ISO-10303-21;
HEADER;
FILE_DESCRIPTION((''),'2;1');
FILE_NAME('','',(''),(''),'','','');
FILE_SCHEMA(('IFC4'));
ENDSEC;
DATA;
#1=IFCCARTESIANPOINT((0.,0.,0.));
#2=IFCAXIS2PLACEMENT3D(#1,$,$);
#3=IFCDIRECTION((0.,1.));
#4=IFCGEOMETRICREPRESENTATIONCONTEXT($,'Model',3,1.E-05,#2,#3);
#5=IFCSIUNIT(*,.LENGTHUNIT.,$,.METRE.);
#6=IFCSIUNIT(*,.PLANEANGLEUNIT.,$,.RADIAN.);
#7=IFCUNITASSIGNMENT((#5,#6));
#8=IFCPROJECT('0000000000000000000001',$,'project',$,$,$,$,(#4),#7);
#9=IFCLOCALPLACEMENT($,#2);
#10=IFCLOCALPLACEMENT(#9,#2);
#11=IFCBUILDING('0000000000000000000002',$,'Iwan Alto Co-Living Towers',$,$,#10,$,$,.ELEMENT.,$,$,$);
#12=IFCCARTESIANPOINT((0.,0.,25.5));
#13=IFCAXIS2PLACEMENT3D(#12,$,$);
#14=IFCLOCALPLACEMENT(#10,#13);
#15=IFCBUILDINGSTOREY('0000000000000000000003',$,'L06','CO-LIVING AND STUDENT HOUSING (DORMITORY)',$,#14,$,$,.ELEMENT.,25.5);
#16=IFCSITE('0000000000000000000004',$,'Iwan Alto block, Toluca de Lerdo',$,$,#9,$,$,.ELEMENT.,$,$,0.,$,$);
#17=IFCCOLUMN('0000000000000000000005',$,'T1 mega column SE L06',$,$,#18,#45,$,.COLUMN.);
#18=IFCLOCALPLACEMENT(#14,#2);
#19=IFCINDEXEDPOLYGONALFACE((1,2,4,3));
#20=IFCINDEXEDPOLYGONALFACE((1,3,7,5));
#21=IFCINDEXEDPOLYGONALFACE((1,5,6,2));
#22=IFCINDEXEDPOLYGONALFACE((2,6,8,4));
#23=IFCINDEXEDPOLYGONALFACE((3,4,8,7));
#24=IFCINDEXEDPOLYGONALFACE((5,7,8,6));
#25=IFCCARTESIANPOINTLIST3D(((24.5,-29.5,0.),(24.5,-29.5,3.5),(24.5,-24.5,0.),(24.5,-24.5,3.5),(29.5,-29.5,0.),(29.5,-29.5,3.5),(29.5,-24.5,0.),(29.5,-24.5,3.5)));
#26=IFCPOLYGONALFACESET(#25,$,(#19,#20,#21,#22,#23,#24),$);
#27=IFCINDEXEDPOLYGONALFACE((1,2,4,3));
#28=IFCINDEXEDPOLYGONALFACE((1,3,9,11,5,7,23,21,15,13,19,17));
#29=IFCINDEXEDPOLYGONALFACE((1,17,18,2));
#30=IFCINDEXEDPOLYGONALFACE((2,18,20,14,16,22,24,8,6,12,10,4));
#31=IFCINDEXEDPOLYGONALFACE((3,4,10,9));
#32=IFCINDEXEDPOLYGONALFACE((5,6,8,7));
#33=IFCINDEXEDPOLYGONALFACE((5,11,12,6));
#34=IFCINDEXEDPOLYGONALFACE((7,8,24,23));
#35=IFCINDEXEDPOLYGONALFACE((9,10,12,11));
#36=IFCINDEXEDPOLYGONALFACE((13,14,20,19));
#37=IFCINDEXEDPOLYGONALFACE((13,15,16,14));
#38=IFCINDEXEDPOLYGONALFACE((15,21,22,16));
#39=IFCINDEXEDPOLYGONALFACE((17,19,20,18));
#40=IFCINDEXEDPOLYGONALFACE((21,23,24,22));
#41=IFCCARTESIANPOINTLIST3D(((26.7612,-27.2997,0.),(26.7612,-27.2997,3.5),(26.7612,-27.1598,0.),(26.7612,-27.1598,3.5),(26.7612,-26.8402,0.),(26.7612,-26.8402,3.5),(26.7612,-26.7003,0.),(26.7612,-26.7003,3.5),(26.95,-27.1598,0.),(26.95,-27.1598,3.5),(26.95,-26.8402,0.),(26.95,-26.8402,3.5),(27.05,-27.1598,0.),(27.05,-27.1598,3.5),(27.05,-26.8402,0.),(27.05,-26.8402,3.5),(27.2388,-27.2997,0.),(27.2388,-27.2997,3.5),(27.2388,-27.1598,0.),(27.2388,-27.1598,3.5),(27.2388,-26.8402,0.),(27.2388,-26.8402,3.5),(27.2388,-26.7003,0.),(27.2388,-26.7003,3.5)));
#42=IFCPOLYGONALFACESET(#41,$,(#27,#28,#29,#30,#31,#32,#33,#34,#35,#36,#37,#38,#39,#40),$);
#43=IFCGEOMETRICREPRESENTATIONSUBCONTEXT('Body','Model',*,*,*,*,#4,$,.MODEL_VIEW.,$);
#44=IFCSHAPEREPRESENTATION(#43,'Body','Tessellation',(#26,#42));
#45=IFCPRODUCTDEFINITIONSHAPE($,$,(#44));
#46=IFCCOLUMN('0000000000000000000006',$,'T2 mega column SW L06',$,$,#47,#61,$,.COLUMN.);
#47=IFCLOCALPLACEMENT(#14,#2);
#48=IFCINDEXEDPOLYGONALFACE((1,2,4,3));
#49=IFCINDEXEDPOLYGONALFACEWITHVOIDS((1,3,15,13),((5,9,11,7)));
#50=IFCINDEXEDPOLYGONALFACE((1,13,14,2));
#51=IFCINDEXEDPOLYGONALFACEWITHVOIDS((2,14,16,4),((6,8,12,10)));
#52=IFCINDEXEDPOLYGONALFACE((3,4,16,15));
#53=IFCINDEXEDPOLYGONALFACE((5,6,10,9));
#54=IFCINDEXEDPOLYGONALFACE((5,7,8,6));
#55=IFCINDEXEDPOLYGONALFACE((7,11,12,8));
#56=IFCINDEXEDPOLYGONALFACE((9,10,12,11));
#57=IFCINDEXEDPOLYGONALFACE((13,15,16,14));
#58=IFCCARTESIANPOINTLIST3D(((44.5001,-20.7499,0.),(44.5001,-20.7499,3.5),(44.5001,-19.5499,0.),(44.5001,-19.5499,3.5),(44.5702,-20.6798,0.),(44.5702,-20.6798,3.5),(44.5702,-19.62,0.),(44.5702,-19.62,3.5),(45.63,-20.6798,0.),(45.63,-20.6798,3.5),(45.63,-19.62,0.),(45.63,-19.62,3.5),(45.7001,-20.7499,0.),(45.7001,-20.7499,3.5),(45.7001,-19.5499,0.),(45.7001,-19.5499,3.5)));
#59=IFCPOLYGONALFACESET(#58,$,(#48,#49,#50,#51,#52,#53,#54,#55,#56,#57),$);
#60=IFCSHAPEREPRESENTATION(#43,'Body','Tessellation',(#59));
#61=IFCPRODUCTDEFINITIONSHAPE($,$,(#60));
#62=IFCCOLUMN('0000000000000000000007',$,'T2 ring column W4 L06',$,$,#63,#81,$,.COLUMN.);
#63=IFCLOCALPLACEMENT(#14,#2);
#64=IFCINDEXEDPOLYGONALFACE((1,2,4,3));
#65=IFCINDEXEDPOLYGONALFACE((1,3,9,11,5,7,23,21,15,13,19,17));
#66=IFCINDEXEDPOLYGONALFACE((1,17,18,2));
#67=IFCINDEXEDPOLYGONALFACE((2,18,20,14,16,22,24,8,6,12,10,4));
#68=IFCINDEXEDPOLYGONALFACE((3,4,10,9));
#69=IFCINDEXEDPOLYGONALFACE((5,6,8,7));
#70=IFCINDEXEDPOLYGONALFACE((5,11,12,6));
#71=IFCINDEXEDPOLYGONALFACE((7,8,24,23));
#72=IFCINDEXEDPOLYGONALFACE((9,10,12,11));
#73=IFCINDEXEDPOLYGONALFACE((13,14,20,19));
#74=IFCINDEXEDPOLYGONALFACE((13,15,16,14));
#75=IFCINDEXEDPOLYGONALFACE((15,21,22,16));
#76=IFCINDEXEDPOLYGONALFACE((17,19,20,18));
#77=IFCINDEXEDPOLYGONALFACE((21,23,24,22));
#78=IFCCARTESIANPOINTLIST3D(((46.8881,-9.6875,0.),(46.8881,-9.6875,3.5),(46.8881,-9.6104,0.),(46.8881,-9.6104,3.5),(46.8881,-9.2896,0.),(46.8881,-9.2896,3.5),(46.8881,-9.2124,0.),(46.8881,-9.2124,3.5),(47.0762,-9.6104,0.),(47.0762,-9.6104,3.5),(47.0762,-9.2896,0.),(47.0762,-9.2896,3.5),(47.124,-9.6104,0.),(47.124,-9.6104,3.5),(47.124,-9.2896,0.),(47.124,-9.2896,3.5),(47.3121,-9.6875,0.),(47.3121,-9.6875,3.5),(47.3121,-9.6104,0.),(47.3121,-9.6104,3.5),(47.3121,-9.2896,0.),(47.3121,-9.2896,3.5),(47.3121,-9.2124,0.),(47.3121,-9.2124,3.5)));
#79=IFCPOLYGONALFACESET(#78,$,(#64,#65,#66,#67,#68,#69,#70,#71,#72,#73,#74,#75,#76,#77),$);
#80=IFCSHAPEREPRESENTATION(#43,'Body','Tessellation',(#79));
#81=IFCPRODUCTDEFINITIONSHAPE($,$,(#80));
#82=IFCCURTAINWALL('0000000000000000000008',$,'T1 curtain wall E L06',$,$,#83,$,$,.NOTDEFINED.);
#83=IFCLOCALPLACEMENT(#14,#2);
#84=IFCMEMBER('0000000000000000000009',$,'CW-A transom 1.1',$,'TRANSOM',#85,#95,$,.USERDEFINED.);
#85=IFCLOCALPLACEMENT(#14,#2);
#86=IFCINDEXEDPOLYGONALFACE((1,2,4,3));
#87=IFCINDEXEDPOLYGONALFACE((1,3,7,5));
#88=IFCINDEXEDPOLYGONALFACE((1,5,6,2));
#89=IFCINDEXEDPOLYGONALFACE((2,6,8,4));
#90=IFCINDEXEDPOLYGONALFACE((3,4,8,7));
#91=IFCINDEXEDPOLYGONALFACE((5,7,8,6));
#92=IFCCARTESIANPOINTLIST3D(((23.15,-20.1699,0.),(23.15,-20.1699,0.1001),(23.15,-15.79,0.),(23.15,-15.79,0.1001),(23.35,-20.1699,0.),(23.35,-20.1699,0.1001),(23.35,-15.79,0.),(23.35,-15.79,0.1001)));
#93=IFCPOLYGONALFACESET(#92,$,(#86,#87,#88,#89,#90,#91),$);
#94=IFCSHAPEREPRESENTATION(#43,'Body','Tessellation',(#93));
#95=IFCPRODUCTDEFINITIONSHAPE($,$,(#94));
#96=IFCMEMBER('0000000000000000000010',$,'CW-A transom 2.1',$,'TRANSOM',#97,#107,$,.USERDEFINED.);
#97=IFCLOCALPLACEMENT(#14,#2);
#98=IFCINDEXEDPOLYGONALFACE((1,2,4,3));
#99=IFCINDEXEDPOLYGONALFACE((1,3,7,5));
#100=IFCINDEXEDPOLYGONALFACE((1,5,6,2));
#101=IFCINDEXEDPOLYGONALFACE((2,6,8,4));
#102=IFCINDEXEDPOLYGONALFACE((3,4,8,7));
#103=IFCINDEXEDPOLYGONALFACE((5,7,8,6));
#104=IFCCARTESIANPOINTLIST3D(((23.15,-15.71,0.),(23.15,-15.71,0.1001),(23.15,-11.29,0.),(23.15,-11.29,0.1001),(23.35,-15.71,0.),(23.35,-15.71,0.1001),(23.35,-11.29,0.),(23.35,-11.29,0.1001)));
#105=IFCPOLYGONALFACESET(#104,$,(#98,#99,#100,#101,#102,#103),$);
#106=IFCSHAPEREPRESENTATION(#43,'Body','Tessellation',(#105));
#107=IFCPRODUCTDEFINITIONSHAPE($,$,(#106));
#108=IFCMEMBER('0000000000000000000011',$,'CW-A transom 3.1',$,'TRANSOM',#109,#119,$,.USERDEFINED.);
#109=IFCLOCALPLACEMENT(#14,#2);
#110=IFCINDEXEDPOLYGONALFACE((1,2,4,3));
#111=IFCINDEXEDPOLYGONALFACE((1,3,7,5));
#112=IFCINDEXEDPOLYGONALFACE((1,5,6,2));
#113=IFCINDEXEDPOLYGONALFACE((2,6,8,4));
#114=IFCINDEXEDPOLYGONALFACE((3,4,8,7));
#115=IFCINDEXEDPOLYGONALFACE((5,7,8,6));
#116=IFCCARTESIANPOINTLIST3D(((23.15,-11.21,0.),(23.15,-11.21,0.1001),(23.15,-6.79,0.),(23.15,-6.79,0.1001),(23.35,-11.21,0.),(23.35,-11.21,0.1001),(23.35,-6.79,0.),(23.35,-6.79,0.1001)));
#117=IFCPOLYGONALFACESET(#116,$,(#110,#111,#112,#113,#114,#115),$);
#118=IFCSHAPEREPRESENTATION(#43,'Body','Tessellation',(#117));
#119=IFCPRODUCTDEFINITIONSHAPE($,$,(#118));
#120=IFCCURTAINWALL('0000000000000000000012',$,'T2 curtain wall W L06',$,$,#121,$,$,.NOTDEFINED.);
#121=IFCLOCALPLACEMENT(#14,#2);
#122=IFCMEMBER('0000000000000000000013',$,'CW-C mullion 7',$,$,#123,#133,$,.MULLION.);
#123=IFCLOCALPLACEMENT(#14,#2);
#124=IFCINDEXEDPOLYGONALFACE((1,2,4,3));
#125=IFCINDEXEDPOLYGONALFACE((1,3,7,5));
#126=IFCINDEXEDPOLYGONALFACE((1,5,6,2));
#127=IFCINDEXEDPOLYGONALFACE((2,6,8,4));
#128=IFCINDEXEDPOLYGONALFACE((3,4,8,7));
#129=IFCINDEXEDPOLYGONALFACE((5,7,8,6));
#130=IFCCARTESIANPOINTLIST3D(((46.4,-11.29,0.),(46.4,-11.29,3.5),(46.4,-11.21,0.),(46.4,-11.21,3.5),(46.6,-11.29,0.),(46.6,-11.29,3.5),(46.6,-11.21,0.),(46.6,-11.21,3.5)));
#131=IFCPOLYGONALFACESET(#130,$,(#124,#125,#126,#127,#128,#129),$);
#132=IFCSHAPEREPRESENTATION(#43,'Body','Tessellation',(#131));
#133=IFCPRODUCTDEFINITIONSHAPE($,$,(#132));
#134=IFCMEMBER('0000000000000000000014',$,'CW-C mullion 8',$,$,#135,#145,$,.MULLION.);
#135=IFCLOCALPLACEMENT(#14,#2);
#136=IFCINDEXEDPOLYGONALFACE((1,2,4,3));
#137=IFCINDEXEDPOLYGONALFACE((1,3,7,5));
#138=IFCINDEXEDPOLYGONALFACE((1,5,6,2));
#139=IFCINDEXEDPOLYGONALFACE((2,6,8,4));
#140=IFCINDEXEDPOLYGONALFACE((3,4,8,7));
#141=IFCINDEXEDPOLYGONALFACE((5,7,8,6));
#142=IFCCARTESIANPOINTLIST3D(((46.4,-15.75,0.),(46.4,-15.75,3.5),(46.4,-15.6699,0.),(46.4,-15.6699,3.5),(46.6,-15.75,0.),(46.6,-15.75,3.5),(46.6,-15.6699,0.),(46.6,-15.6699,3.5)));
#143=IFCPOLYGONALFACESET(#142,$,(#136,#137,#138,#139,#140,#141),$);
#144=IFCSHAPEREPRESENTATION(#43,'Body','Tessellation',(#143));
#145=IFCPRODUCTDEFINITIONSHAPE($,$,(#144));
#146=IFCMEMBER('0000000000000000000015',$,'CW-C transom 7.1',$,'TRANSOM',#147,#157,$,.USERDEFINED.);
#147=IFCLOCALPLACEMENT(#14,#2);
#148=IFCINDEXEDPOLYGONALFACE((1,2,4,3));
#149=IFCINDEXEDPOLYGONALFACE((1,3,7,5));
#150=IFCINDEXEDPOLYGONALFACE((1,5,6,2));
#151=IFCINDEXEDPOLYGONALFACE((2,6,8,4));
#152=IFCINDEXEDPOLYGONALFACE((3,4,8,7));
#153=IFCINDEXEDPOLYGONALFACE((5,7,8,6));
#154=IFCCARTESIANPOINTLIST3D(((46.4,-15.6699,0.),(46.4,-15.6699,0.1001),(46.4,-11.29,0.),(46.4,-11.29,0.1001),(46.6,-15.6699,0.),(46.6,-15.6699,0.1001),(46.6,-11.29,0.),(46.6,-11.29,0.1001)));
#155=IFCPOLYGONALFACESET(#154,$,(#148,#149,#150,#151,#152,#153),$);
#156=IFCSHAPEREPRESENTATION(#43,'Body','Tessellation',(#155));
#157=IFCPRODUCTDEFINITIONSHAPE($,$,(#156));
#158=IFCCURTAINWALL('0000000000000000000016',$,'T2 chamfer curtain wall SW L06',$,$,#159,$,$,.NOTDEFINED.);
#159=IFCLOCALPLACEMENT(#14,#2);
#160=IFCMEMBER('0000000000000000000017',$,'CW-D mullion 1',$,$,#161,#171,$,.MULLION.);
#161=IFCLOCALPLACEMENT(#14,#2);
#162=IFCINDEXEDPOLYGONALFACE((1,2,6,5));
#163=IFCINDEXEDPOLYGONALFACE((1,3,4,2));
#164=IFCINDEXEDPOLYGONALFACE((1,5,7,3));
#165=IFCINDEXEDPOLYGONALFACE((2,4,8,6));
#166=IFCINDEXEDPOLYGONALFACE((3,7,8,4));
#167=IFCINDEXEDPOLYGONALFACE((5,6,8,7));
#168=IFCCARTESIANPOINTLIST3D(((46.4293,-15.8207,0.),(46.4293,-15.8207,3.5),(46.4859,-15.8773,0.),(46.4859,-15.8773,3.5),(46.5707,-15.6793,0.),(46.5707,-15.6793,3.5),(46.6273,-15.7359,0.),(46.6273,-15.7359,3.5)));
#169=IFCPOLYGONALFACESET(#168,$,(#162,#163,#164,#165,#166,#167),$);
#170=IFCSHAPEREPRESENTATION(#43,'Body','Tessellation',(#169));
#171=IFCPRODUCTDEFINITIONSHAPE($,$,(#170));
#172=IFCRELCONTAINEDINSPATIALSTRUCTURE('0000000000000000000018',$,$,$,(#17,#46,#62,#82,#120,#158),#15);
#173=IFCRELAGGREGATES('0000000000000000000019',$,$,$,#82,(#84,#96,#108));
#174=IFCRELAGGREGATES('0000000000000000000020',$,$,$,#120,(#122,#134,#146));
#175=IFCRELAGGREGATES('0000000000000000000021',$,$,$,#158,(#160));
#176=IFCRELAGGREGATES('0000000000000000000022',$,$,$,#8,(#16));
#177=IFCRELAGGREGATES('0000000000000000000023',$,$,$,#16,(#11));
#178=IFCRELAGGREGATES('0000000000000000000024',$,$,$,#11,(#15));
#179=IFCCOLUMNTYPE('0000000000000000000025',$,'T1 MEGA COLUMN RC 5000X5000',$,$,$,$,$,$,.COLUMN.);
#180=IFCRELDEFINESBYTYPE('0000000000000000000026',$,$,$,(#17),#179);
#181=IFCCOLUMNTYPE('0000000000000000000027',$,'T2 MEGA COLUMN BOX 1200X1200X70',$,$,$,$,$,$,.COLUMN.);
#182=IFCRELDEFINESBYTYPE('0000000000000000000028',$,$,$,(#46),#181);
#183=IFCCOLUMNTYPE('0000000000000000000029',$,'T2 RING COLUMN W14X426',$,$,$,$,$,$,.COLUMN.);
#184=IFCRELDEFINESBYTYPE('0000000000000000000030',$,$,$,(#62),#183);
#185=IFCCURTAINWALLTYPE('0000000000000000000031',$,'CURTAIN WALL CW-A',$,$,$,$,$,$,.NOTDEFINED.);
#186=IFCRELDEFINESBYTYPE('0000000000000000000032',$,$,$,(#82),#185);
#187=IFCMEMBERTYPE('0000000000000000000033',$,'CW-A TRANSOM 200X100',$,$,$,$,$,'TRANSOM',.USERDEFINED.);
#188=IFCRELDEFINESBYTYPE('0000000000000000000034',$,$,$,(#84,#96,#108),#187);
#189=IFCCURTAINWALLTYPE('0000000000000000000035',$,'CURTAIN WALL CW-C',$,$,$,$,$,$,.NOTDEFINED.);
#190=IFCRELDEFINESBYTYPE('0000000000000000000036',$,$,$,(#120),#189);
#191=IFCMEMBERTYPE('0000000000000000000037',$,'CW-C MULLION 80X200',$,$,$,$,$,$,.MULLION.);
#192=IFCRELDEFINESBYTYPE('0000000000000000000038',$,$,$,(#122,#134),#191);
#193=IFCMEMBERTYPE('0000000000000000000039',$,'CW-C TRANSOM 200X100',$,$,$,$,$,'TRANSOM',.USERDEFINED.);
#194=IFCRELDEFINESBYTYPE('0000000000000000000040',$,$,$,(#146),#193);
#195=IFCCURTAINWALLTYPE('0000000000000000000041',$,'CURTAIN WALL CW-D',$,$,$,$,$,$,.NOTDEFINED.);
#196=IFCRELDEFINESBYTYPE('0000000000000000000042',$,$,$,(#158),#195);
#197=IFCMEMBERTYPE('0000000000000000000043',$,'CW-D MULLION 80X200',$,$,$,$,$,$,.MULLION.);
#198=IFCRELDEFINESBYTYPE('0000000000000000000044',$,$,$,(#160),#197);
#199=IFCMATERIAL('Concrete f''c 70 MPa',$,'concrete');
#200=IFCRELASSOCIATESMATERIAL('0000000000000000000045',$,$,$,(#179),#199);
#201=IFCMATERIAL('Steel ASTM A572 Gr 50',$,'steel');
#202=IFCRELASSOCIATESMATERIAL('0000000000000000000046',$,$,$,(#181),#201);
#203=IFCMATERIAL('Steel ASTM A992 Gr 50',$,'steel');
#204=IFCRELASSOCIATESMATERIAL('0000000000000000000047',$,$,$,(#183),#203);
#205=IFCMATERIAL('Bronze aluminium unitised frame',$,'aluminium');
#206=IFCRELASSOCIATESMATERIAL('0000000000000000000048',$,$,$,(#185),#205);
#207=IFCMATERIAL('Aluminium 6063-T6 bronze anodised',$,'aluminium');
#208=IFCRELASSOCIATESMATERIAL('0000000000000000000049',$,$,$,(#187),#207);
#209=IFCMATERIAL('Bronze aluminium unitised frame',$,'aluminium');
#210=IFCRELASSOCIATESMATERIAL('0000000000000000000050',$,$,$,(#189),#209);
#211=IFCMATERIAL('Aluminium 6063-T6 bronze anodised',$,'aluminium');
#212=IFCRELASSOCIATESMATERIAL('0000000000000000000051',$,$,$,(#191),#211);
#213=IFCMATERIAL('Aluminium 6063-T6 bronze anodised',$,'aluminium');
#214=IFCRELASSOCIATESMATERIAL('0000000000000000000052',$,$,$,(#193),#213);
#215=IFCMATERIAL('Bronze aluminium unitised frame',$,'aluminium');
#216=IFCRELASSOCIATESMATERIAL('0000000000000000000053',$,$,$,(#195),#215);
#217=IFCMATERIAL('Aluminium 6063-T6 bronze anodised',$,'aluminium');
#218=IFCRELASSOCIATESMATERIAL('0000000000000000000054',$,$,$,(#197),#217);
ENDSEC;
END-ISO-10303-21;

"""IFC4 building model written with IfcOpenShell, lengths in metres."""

from ifc_helpers import new_model, si_unit, direction, frame, origin, origin_2d, place, context, subcontext, project, spatial, rectangle, hollow_rectangle, i_section, extrude, material, material_profile, profile_set, type_object, element, aggregate, save


model = new_model("IFC4")

# Units and contexts
model_context = context("Model", 3, precision=1e-05, world=origin(), true_north=direction((0.0, 1.0)))
body_context = subcontext(model_context, "Body", "Model", "MODEL_VIEW")
ifc_project = project(units=[si_unit("LENGTHUNIT", "METRE"), si_unit("PLANEANGLEUNIT", "RADIAN")], contexts=[model_context])

# Site, building, storey
site_placement = place(None, origin())
site = spatial("IfcSite", under=ifc_project, at=site_placement, Name="Iwan Alto block, Toluca de Lerdo", CompositionType="ELEMENT", RefElevation=0.0)
building_placement = place(site_placement, origin())
building = spatial("IfcBuilding", under=site, at=building_placement, Name="Iwan Alto Co-Living Towers", CompositionType="ELEMENT")
storey_placement = place(building_placement, frame((0.0, 0.0, 25.5)))
storey = spatial("IfcBuildingStorey", under=building, at=storey_placement, Name="L06", Description="CO-LIVING AND STUDENT HOUSING (DORMITORY)", CompositionType="ELEMENT", Elevation=25.5)

# Columns
ifc_material_1 = material(Name="Concrete f'c 70 MPa", Category="concrete")
ifc_material_profile_1 = material_profile(ifc_material_1, rectangle(XDim=5.0, YDim=5.0, at=origin_2d()), Name="RC 5000X5000")
ifc_profile_set_1 = profile_set([ifc_material_profile_1], Name="Concrete f'c 70 MPa")
column_type_1 = type_object("IfcColumnType", Name="T1 MEGA COLUMN RC 5000X5000", PredefinedType="COLUMN", material=ifc_profile_set_1)
column_1_placement = place(storey_placement, frame((27.0, -27.0, 0.0), z_axis=(0.0, 0.0, 1.0), x_axis=(1.0, 0.0, 0.0)))
element("IfcColumn", 1, at=column_1_placement, inside=storey, type_object=column_type_1, Name="T1 mega column SE L06", PredefinedType="COLUMN", context=body_context, shape_type="SweptSolid", body=[
    extrude(rectangle(XDim=5.0, YDim=5.0, at=origin_2d()), origin(), (0.0, 0.0, 1.0), 3.5),
    extrude(i_section(OverallWidth=0.4775, OverallDepth=0.5994, WebThickness=0.1001, FlangeThickness=0.1399, at=origin_2d()), origin(), (0.0, 0.0, 1.0), 3.5),
])
ifc_material_2 = material(Name="Steel ASTM A572 Gr 50", Category="steel")
ifc_material_profile_2 = material_profile(ifc_material_2, hollow_rectangle(XDim=1.2, YDim=1.2, WallThickness=0.0701, at=origin_2d()), Name="BOX 1200X1200X70")
ifc_profile_set_2 = profile_set([ifc_material_profile_2], Name="Steel ASTM A572 Gr 50")
column_type_2 = type_object("IfcColumnType", Name="T2 MEGA COLUMN BOX 1200X1200X70", PredefinedType="COLUMN", material=ifc_profile_set_2)
column_2_placement = place(storey_placement, frame((45.1001, -20.1499, 0.0), z_axis=(0.0, 0.0, 1.0), x_axis=(1.0, 0.0, 0.0)))
element("IfcColumn", 2, at=column_2_placement, inside=storey, type_object=column_type_2, Name="T2 mega column SW L06", PredefinedType="COLUMN", context=body_context, shape_type="SweptSolid", body=[
    extrude(hollow_rectangle(XDim=1.2, YDim=1.2, WallThickness=0.0701, at=origin_2d()), origin(), (0.0, 0.0, 1.0), 3.5),
])
ifc_material_3 = material(Name="Steel ASTM A992 Gr 50", Category="steel")
ifc_material_profile_3 = material_profile(ifc_material_3, i_section(OverallWidth=0.4241, OverallDepth=0.4751, WebThickness=0.0479, FlangeThickness=0.0771, at=origin_2d()), Name="W14X426")
ifc_profile_set_3 = profile_set([ifc_material_profile_3], Name="Steel ASTM A992 Gr 50")
column_type_3 = type_object("IfcColumnType", Name="T2 RING COLUMN W14X426", PredefinedType="COLUMN", material=ifc_profile_set_3)
column_3_placement = place(storey_placement, frame((47.1001, -9.45, 0.0), z_axis=(0.0, 0.0, 1.0), x_axis=(1.0, 0.0, 0.0)))
element("IfcColumn", 3, at=column_3_placement, inside=storey, type_object=column_type_3, Name="T2 ring column W4 L06", PredefinedType="COLUMN", context=body_context, shape_type="SweptSolid", body=[
    extrude(i_section(OverallWidth=0.4241, OverallDepth=0.4751, WebThickness=0.0479, FlangeThickness=0.0771, at=origin_2d()), origin(), (0.0, 0.0, 1.0), 3.5),
])

# Curtain walls, members
ifc_material_4 = material(Name="Bronze aluminium unitised frame", Category="aluminium")
curtain_wall_type_1 = type_object("IfcCurtainWallType", Name="CURTAIN WALL CW-A", PredefinedType="NOTDEFINED", material=ifc_material_4)
curtain_wall_1_placement = place(storey_placement, origin())
curtain_wall_1 = element("IfcCurtainWall", 4, at=curtain_wall_1_placement, inside=storey, type_object=curtain_wall_type_1, Name="T1 curtain wall E L06", PredefinedType="NOTDEFINED")
ifc_material_5 = material(Name="Aluminium 6063-T6 bronze anodised", Category="aluminium")
ifc_material_profile_4 = material_profile(ifc_material_5, rectangle(XDim=0.2, YDim=0.1001, at=origin_2d()), Name="AL 200X100")
ifc_profile_set_4 = profile_set([ifc_material_profile_4], Name="Aluminium 6063-T6 bronze anodised")
member_type_1 = type_object("IfcMemberType", Name="CW-A TRANSOM 200X100", ElementType="TRANSOM", PredefinedType="USERDEFINED", material=ifc_profile_set_4)
member_1_placement = place(storey_placement, frame((23.25, -20.1699, 0.05), z_axis=(0.0, 1.0, 0.0), x_axis=(-1.0, 0.0, 0.0)))
member_1 = element("IfcMember", 5, at=member_1_placement, type_object=member_type_1, Name="CW-A transom 1.1", ObjectType="TRANSOM", PredefinedType="USERDEFINED", context=body_context, shape_type="SweptSolid", body=[
    extrude(rectangle(XDim=0.2, YDim=0.1001, at=origin_2d()), origin(), (0.0, 0.0, 1.0), 4.3799),
])
member_2_placement = place(storey_placement, frame((23.25, -15.71, 0.05), z_axis=(0.0, 1.0, 0.0), x_axis=(-1.0, 0.0, 0.0)))
member_2 = element("IfcMember", 6, at=member_2_placement, type_object=member_type_1, Name="CW-A transom 2.1", ObjectType="TRANSOM", PredefinedType="USERDEFINED", context=body_context, shape_type="SweptSolid", body=[
    extrude(rectangle(XDim=0.2, YDim=0.1001, at=origin_2d()), origin(), (0.0, 0.0, 1.0), 4.4199),
])
member_3_placement = place(storey_placement, frame((23.25, -11.21, 0.05), z_axis=(0.0, 1.0, 0.0), x_axis=(-1.0, 0.0, 0.0)))
member_3 = element("IfcMember", 7, at=member_3_placement, type_object=member_type_1, Name="CW-A transom 3.1", ObjectType="TRANSOM", PredefinedType="USERDEFINED", context=body_context, shape_type="SweptSolid", body=[
    extrude(rectangle(XDim=0.2, YDim=0.1001, at=origin_2d()), origin(), (0.0, 0.0, 1.0), 4.4199),
])
ifc_material_6 = material(Name="Bronze aluminium unitised frame", Category="aluminium")
curtain_wall_type_2 = type_object("IfcCurtainWallType", Name="CURTAIN WALL CW-C", PredefinedType="NOTDEFINED", material=ifc_material_6)
curtain_wall_2_placement = place(storey_placement, origin())
curtain_wall_2 = element("IfcCurtainWall", 8, at=curtain_wall_2_placement, inside=storey, type_object=curtain_wall_type_2, Name="T2 curtain wall W L06", PredefinedType="NOTDEFINED")
ifc_material_7 = material(Name="Aluminium 6063-T6 bronze anodised", Category="aluminium")
ifc_material_profile_5 = material_profile(ifc_material_7, rectangle(XDim=0.2, YDim=0.0801, at=origin_2d()), Name="AL 80X200")
ifc_profile_set_5 = profile_set([ifc_material_profile_5], Name="Aluminium 6063-T6 bronze anodised")
member_type_2 = type_object("IfcMemberType", Name="CW-C MULLION 80X200", PredefinedType="MULLION", material=ifc_profile_set_5)
member_4_placement = place(storey_placement, frame((46.5, -11.25, 0.0), z_axis=(0.0, 0.0, 1.0), x_axis=(1.0, 0.0, 0.0)))
member_4 = element("IfcMember", 9, at=member_4_placement, type_object=member_type_2, Name="CW-C mullion 7", PredefinedType="MULLION", context=body_context, shape_type="SweptSolid", body=[
    extrude(rectangle(XDim=0.2, YDim=0.0801, at=origin_2d()), origin(), (0.0, 0.0, 1.0), 3.5),
])
member_5_placement = place(storey_placement, frame((46.5, -15.71, 0.0), z_axis=(0.0, 0.0, 1.0), x_axis=(1.0, 0.0, 0.0)))
member_5 = element("IfcMember", 10, at=member_5_placement, type_object=member_type_2, Name="CW-C mullion 8", PredefinedType="MULLION", context=body_context, shape_type="SweptSolid", body=[
    extrude(rectangle(XDim=0.2, YDim=0.0801, at=origin_2d()), origin(), (0.0, 0.0, 1.0), 3.5),
])
ifc_material_8 = material(Name="Aluminium 6063-T6 bronze anodised", Category="aluminium")
ifc_material_profile_6 = material_profile(ifc_material_8, rectangle(XDim=0.2, YDim=0.1001, at=origin_2d()), Name="AL 200X100")
ifc_profile_set_6 = profile_set([ifc_material_profile_6], Name="Aluminium 6063-T6 bronze anodised")
member_type_3 = type_object("IfcMemberType", Name="CW-C TRANSOM 200X100", ElementType="TRANSOM", PredefinedType="USERDEFINED", material=ifc_profile_set_6)
member_6_placement = place(storey_placement, frame((46.5, -11.29, 0.05), z_axis=(0.0, -1.0, 0.0), x_axis=(1.0, 0.0, 0.0)))
member_6 = element("IfcMember", 11, at=member_6_placement, type_object=member_type_3, Name="CW-C transom 7.1", ObjectType="TRANSOM", PredefinedType="USERDEFINED", context=body_context, shape_type="SweptSolid", body=[
    extrude(rectangle(XDim=0.2, YDim=0.1001, at=origin_2d()), origin(), (0.0, 0.0, 1.0), 4.3799),
])
ifc_material_9 = material(Name="Bronze aluminium unitised frame", Category="aluminium")
curtain_wall_type_3 = type_object("IfcCurtainWallType", Name="CURTAIN WALL CW-D", PredefinedType="NOTDEFINED", material=ifc_material_9)
curtain_wall_3_placement = place(storey_placement, origin())
curtain_wall_3 = element("IfcCurtainWall", 12, at=curtain_wall_3_placement, inside=storey, type_object=curtain_wall_type_3, Name="T2 chamfer curtain wall SW L06", PredefinedType="NOTDEFINED")
ifc_material_10 = material(Name="Aluminium 6063-T6 bronze anodised", Category="aluminium")
ifc_material_profile_7 = material_profile(ifc_material_10, rectangle(XDim=0.2, YDim=0.0801, at=origin_2d()), Name="AL 80X200")
ifc_profile_set_7 = profile_set([ifc_material_profile_7], Name="Aluminium 6063-T6 bronze anodised")
member_type_4 = type_object("IfcMemberType", Name="CW-D MULLION 80X200", PredefinedType="MULLION", material=ifc_profile_set_7)
member_7_placement = place(storey_placement, frame((46.5283, -15.7783, 0.0), z_axis=(0.0, 0.0, 1.0), x_axis=(0.707107, 0.707107, 0.0)))
member_7 = element("IfcMember", 13, at=member_7_placement, type_object=member_type_4, Name="CW-D mullion 1", PredefinedType="MULLION", context=body_context, shape_type="SweptSolid", body=[
    extrude(rectangle(XDim=0.2, YDim=0.0801, at=origin_2d()), origin(), (0.0, 0.0, 1.0), 3.5),
])

aggregate(curtain_wall_1, [member_1, member_2, member_3])
aggregate(curtain_wall_2, [member_4, member_5, member_6])
aggregate(curtain_wall_3, [member_7])

save(model, "model.ifc")
